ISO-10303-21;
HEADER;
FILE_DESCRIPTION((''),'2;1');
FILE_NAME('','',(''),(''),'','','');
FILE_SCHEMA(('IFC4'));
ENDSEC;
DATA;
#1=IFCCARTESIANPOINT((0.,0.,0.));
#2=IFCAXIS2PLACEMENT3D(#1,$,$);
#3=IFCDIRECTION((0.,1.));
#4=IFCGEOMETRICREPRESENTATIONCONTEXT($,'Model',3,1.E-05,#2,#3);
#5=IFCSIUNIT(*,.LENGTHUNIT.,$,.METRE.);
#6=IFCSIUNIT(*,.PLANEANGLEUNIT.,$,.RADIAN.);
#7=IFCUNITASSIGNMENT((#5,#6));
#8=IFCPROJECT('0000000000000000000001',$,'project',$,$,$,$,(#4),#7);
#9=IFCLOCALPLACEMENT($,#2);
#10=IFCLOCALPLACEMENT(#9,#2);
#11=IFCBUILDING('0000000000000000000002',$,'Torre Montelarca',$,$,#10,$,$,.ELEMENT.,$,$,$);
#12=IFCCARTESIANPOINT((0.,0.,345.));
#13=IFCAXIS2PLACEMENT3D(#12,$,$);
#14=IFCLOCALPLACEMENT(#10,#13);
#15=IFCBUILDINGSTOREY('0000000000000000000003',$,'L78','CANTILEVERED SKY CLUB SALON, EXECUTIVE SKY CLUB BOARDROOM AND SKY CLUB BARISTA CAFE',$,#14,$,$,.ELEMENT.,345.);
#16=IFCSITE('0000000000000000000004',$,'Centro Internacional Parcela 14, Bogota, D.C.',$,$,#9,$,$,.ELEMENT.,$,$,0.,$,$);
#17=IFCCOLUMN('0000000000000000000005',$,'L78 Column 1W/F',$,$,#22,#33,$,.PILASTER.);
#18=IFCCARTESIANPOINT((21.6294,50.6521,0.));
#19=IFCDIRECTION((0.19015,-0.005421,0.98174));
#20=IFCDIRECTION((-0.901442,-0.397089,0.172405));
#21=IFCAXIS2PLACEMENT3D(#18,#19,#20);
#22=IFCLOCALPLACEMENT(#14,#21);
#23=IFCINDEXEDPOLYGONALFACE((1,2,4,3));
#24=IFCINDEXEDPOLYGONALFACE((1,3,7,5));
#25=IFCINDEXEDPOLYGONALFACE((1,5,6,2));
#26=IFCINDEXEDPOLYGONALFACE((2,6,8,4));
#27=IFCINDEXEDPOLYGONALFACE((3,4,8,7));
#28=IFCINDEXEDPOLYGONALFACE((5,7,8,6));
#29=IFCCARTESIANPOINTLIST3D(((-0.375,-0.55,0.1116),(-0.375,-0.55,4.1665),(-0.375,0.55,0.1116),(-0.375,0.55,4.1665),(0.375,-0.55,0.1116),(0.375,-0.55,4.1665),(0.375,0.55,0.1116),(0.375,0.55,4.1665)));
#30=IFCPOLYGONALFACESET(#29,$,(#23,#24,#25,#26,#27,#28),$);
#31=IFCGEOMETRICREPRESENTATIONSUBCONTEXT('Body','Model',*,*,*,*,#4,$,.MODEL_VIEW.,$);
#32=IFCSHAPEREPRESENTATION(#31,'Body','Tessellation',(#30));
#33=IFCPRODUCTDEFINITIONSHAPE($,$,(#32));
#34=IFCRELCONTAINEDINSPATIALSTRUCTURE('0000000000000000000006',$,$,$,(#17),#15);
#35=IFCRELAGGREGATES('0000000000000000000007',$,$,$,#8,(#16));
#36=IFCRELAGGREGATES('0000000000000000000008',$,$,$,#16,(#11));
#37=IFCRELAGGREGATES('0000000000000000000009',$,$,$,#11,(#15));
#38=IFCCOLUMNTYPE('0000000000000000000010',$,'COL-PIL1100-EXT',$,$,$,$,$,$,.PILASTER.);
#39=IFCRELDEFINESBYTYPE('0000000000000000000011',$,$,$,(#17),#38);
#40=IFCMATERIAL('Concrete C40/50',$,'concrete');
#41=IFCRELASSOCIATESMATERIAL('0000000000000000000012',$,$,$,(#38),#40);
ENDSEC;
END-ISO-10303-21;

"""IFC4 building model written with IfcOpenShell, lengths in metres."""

from ifc_helpers import new_model, si_unit, direction, frame, origin, origin_2d, place, context, subcontext, project, spatial, rectangle, extrude, clip, halfspace, material, material_profile, profile_set, type_object, element, save


model = new_model("IFC4")

# Units and contexts
model_context = context("Model", 3, precision=1e-05, world=origin(), true_north=direction((0.0, 1.0)))
body_context = subcontext(model_context, "Body", "Model", "MODEL_VIEW")
ifc_project = project(units=[si_unit("LENGTHUNIT", "METRE"), si_unit("PLANEANGLEUNIT", "RADIAN")], contexts=[model_context])

# Site, building, storey
site_placement = place(None, origin())
site = spatial("IfcSite", under=ifc_project, at=site_placement, Name="Centro Internacional Parcela 14, Bogota, D.C.", CompositionType="ELEMENT", RefElevation=0.0)
building_placement = place(site_placement, origin())
building = spatial("IfcBuilding", under=site, at=building_placement, Name="Torre Montelarca", CompositionType="ELEMENT")
storey_placement = place(building_placement, frame((0.0, 0.0, 345.0)))
storey = spatial("IfcBuildingStorey", under=building, at=storey_placement, Name="L78", Description="CANTILEVERED SKY CLUB SALON, EXECUTIVE SKY CLUB BOARDROOM AND SKY CLUB BARISTA CAFE", CompositionType="ELEMENT", Elevation=345.0)

# Column
ifc_material_1 = material(Name="Concrete C40/50", Category="concrete")
ifc_material_profile_1 = material_profile(ifc_material_1, rectangle(XDim=0.75, YDim=1.1001, at=origin_2d()), Name="RC1100X750", Category="concrete")
ifc_profile_set_1 = profile_set([ifc_material_profile_1], Name="Concrete C40/50")
column_type = type_object("IfcColumnType", Name="COL-PIL1100-EXT", PredefinedType="PILASTER", material=ifc_profile_set_1)
column_placement = place(storey_placement, frame((21.6294, 50.6521, 0.0), z_axis=(0.19015, -0.005421, 0.98174), x_axis=(-0.901442, -0.397089, 0.172405)))
element("IfcColumn", 1, at=column_placement, inside=storey, type_object=column_type, Name="L78 Column 1W/F", PredefinedType="PILASTER", context=body_context, shape_type="Clipping", body=[
    clip(clip(extrude(rectangle(XDim=0.75, YDim=1.1001, at=origin_2d()), origin(), (0.0, 0.0, 1.0), 4.2781), halfspace(frame((0.0, 0.0, 0.1116), z_axis=(0.0, 0.0, -1.0), x_axis=(1.0, 0.0, 0.0)), False)), halfspace(frame((0.0, 0.0, 4.1665), z_axis=(0.0, 0.0, 1.0), x_axis=(1.0, 0.0, 0.0)), False)),
])

save(model, "model.ifc")
